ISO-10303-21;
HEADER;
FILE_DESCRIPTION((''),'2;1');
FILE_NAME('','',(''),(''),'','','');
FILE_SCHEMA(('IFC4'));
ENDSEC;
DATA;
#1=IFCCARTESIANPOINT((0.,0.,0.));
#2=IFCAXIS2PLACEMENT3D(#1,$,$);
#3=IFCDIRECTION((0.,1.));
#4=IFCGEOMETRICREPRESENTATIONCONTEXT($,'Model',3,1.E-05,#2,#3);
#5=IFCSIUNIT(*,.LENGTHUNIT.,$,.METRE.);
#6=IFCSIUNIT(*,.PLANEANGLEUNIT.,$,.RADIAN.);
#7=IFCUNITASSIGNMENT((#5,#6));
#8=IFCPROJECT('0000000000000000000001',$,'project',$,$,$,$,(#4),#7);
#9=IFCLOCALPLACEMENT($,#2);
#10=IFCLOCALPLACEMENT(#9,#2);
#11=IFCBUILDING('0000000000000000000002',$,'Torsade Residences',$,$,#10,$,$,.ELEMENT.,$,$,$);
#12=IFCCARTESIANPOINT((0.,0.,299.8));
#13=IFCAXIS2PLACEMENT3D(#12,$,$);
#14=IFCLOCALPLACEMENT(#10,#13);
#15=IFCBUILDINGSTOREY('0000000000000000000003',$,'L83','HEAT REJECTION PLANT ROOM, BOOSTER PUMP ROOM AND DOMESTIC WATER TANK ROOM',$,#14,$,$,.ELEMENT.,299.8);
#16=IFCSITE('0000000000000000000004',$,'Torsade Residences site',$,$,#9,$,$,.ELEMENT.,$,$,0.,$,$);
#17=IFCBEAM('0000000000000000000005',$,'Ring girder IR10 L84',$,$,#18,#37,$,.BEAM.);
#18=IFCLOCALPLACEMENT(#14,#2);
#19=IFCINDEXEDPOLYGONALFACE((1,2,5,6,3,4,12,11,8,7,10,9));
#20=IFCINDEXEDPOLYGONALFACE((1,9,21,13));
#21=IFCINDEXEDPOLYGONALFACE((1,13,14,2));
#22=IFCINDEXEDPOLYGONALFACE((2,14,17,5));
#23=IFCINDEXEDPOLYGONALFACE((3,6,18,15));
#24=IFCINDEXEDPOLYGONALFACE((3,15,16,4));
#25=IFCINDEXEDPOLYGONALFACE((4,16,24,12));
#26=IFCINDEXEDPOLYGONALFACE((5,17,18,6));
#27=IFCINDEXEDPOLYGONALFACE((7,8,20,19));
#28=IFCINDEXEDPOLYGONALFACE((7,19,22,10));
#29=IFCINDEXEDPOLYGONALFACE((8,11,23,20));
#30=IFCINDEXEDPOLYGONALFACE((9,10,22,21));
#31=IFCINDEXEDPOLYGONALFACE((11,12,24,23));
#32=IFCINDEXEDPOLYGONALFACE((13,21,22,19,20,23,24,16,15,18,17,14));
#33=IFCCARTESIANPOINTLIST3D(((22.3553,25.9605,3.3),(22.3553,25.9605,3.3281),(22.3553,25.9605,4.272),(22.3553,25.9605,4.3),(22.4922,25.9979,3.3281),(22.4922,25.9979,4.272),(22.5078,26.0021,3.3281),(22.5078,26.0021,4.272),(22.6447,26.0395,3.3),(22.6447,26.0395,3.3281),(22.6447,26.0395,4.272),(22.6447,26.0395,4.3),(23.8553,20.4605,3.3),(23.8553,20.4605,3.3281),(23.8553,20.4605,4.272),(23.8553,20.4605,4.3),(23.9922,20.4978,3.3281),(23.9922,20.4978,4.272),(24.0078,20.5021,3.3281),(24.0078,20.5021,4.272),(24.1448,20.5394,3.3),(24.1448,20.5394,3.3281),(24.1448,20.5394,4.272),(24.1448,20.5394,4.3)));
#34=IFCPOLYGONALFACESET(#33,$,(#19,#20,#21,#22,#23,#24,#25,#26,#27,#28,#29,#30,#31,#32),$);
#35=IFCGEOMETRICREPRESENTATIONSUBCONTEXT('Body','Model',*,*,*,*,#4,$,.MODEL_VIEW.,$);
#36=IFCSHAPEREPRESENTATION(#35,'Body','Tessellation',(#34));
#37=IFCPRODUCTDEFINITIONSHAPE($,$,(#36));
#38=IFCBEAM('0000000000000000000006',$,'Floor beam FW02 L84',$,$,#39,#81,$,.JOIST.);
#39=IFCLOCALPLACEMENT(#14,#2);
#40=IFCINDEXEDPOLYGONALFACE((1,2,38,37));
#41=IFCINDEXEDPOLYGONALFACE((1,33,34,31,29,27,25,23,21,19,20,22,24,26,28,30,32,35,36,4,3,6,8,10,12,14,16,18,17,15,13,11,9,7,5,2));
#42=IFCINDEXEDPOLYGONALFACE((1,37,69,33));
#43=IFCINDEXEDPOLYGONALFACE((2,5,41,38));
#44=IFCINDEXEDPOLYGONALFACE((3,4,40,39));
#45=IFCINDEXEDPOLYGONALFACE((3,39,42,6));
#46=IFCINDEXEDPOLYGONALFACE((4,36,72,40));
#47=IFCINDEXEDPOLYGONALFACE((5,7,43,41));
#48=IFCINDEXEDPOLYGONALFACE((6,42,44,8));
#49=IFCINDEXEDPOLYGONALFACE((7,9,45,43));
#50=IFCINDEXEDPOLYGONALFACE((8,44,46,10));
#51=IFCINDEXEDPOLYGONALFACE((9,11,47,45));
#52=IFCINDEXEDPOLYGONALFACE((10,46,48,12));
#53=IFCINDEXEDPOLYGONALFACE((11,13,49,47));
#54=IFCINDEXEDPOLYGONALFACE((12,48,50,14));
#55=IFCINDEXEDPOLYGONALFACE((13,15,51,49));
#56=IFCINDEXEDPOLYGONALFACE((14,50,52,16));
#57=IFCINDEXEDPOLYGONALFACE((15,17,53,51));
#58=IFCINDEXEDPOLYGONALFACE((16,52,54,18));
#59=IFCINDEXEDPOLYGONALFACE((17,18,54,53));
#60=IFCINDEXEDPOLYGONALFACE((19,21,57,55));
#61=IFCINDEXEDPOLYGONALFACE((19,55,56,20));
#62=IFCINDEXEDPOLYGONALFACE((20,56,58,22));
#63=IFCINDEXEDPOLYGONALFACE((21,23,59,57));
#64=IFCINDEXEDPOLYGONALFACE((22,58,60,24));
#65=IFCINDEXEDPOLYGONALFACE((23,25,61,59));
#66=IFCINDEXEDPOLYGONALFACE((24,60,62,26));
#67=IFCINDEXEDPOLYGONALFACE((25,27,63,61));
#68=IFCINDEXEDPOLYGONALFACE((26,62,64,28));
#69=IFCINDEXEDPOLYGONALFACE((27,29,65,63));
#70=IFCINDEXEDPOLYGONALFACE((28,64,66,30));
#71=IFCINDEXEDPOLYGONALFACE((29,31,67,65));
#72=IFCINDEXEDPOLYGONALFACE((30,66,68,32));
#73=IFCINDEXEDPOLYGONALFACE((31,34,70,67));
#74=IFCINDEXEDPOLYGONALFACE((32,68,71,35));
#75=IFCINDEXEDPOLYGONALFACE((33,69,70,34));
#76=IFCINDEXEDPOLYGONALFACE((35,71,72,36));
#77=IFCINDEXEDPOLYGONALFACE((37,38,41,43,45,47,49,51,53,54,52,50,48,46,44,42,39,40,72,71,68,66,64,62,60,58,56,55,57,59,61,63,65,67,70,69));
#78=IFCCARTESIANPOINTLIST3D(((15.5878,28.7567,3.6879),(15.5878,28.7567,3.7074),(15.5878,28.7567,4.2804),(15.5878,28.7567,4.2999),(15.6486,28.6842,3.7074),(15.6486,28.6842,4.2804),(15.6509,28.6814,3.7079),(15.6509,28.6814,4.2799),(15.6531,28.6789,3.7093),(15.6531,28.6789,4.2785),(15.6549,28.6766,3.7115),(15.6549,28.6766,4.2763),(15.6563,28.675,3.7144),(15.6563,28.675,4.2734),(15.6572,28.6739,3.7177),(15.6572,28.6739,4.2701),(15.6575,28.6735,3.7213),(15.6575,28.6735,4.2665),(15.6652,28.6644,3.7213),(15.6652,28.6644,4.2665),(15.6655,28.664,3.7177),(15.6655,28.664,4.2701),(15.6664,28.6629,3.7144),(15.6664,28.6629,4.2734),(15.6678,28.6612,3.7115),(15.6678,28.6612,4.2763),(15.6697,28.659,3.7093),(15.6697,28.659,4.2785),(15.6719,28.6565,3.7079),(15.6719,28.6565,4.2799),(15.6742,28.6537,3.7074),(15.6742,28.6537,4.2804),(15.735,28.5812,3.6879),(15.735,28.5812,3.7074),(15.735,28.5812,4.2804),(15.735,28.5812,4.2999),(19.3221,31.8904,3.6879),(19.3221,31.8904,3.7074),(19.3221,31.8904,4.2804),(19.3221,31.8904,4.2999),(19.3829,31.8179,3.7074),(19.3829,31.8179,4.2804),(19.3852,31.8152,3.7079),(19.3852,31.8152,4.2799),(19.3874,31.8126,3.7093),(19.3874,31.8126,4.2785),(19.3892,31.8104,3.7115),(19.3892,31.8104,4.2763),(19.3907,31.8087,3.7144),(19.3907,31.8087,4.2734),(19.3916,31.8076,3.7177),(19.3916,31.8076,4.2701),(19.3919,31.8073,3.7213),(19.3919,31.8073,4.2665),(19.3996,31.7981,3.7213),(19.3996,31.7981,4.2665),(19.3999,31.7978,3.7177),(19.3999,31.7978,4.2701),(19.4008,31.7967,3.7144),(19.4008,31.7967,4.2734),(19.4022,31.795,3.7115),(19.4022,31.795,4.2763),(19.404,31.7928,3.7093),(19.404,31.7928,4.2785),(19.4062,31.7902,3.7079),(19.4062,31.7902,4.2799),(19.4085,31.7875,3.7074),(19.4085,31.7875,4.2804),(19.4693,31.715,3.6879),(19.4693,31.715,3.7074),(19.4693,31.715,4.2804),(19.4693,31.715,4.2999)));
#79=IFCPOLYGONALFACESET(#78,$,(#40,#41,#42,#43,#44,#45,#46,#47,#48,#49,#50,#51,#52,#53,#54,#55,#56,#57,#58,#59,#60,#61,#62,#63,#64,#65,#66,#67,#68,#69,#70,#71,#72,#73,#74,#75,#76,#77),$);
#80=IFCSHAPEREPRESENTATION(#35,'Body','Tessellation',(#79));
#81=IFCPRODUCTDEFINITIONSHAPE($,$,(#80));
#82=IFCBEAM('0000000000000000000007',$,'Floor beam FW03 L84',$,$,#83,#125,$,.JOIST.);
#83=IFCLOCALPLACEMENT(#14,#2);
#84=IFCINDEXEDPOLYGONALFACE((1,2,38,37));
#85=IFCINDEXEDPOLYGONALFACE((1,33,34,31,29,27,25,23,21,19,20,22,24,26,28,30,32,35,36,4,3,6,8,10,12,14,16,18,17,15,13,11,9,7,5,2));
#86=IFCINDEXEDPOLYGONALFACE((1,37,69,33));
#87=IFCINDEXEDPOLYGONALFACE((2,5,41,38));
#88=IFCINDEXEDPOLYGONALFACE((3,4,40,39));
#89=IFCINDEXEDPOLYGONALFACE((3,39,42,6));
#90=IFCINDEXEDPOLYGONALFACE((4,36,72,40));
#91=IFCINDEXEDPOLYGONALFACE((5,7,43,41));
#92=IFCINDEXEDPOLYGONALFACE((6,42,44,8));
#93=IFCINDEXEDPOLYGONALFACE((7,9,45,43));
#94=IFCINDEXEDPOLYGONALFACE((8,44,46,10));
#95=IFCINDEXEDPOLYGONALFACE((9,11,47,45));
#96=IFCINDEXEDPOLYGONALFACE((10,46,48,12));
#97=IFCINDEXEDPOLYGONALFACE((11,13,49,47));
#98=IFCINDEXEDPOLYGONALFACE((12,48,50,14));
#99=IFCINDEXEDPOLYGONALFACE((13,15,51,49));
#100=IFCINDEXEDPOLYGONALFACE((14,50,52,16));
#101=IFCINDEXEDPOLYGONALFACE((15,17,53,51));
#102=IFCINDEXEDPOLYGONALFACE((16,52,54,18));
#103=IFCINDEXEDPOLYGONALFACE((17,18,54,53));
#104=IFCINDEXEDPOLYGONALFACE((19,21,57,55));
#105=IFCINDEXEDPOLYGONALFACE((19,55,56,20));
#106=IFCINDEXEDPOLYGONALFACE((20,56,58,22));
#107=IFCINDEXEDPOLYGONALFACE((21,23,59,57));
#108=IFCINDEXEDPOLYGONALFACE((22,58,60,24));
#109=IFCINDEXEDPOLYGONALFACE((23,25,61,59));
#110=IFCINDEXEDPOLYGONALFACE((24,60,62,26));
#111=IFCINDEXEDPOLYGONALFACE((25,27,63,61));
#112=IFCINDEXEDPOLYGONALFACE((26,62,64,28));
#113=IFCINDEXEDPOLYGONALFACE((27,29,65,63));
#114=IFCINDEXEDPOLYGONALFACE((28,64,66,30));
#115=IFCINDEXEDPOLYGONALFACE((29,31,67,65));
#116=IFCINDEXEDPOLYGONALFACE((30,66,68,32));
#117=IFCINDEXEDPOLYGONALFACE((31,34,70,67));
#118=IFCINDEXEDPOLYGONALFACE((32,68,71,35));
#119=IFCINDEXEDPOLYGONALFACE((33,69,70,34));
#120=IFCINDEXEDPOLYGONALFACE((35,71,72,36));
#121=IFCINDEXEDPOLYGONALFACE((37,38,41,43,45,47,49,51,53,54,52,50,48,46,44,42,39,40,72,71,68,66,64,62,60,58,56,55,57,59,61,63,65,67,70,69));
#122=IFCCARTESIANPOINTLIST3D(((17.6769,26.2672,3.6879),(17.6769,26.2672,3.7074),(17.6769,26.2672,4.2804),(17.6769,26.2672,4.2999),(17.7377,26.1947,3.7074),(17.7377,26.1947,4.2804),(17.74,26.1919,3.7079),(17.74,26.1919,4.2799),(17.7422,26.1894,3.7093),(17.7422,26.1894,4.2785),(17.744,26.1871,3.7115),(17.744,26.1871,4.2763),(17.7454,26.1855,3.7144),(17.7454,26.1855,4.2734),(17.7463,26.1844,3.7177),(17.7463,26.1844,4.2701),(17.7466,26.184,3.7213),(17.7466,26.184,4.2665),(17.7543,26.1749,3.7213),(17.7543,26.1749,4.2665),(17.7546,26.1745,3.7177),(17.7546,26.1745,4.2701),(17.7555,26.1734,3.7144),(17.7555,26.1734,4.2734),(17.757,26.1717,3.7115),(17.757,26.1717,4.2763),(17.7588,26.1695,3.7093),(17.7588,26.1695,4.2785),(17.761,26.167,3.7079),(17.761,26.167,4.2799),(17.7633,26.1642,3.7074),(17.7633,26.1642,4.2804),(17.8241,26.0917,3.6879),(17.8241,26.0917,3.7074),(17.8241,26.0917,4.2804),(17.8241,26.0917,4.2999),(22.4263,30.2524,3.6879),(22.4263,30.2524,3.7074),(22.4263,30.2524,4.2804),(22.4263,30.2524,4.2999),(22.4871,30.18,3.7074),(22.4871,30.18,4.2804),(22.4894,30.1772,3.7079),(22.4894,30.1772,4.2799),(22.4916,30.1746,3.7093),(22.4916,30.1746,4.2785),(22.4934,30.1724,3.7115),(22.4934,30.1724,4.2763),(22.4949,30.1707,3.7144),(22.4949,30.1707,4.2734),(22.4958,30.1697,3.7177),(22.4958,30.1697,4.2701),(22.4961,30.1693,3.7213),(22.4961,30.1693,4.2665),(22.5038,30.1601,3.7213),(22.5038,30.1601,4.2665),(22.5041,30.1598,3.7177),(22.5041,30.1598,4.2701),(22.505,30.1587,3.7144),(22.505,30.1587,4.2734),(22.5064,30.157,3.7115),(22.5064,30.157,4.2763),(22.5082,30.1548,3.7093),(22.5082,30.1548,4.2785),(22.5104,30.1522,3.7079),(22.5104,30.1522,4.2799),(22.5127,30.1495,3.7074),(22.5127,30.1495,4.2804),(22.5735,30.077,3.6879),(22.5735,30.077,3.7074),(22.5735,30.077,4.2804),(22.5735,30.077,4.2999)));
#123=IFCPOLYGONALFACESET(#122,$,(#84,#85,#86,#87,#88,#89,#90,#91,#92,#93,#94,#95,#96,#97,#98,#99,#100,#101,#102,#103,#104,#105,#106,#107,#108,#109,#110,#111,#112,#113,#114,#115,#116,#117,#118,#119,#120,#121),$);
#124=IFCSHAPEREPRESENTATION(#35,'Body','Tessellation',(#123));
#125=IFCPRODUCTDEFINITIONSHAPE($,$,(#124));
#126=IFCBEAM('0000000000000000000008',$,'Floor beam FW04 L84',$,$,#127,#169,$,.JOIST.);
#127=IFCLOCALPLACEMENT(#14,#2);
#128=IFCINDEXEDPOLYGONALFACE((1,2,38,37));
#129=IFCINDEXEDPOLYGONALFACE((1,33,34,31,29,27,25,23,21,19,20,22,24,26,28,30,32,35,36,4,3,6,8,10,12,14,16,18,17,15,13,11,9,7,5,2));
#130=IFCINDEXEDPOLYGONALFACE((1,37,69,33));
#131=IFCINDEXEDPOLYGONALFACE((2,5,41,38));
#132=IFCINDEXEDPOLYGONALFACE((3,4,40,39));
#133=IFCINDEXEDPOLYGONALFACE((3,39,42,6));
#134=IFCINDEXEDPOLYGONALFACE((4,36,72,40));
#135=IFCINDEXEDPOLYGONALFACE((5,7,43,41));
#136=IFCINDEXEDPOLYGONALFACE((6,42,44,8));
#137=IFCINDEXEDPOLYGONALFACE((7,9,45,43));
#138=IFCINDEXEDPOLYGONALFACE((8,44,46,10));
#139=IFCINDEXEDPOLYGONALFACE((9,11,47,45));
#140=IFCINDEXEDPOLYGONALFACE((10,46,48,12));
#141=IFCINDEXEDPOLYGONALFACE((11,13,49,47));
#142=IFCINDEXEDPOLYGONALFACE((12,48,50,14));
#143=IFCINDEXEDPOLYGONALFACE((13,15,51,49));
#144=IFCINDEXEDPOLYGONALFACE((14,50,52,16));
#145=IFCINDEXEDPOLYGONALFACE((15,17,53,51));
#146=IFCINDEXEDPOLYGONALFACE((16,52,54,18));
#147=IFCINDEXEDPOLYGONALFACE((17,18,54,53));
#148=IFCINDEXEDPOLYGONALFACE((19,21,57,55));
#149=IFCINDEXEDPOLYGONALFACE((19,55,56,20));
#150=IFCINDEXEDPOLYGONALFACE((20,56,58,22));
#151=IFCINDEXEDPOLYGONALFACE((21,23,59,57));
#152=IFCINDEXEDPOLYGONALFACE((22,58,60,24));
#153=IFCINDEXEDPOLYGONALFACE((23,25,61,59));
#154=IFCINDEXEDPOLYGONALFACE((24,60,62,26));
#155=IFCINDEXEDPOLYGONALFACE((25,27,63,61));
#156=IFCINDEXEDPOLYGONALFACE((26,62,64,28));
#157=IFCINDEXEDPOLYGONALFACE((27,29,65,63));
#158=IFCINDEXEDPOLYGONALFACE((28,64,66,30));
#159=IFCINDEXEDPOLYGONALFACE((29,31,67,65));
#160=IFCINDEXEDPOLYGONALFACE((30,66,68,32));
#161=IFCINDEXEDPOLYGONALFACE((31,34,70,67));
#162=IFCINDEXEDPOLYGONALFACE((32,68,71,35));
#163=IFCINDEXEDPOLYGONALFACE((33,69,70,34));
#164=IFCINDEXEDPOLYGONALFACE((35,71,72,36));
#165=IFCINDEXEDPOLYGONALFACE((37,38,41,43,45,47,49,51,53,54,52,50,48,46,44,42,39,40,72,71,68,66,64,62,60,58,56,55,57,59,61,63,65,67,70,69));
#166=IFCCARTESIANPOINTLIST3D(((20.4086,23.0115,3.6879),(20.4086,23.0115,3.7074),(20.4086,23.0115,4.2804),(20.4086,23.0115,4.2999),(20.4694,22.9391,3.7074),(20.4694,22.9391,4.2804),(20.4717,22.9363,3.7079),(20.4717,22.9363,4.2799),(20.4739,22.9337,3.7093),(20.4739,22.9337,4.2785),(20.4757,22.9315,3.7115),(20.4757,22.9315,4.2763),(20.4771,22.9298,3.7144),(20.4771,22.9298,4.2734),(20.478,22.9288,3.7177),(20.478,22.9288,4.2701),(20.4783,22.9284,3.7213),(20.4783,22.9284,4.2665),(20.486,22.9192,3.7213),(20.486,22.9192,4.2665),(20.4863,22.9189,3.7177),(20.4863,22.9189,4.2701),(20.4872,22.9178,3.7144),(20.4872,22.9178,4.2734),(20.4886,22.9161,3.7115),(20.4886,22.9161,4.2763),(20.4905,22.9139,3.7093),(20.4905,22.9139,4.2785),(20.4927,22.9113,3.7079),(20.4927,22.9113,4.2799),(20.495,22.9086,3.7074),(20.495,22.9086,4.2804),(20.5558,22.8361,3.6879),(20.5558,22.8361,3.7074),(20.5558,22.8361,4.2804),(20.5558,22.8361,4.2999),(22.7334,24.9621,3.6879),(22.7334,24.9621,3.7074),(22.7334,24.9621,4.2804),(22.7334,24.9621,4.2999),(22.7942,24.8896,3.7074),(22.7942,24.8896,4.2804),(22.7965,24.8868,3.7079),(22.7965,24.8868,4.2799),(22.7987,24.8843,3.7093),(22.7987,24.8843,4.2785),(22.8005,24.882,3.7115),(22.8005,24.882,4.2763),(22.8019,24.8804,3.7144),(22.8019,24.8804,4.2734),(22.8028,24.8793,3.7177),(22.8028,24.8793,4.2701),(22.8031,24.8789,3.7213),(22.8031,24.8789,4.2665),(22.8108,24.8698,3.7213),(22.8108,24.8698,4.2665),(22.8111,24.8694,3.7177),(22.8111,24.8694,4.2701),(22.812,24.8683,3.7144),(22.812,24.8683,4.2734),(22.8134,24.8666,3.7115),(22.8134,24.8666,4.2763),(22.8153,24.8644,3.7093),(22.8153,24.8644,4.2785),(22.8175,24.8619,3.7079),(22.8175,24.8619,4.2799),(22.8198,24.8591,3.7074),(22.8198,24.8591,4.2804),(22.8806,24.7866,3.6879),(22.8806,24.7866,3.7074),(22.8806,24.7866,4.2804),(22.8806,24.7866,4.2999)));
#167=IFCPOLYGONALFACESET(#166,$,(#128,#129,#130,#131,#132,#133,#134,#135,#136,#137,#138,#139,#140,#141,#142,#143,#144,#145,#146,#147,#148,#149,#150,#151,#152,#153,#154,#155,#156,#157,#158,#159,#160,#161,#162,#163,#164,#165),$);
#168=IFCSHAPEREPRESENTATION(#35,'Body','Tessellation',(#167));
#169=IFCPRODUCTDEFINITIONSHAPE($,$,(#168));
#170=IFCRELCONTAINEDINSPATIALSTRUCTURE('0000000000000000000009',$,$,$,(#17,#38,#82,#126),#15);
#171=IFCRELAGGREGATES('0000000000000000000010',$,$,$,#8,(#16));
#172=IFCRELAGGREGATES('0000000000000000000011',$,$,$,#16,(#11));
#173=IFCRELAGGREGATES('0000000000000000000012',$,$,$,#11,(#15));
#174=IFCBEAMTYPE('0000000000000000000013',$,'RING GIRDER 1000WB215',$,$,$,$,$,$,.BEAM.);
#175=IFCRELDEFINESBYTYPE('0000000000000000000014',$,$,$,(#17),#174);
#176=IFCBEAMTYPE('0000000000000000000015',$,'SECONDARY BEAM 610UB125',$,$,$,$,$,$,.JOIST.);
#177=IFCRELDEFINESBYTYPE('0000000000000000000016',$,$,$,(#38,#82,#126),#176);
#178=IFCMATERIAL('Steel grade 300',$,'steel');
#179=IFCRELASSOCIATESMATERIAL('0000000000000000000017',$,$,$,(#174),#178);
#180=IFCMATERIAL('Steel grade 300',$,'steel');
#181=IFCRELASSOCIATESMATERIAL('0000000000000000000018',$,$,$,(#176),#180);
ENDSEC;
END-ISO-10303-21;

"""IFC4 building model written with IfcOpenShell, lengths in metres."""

from ifc_helpers import new_model, si_unit, direction, frame, origin, origin_2d, place, context, subcontext, project, spatial, i_section, extrude, material, material_profile, profile_set, type_object, element, save


model = new_model("IFC4")

# Units and contexts
model_context = context("Model", 3, precision=1e-05, world=origin(), true_north=direction((0.0, 1.0)))
body_context = subcontext(model_context, "Body", "Model", "MODEL_VIEW")
ifc_project = project(units=[si_unit("LENGTHUNIT", "METRE"), si_unit("PLANEANGLEUNIT", "RADIAN")], contexts=[model_context])

# Site, building, storey
site_placement = place(None, origin())
site = spatial("IfcSite", under=ifc_project, at=site_placement, Name="Torsade Residences site", CompositionType="ELEMENT", RefElevation=0.0)
building_placement = place(site_placement, origin())
building = spatial("IfcBuilding", under=site, at=building_placement, Name="Torsade Residences", CompositionType="ELEMENT")
storey_placement = place(building_placement, frame((0.0, 0.0, 299.8)))
storey = spatial("IfcBuildingStorey", under=building, at=storey_placement, Name="L83", Description="HEAT REJECTION PLANT ROOM, BOOSTER PUMP ROOM AND DOMESTIC WATER TANK ROOM", CompositionType="ELEMENT", Elevation=299.8)

# Beams
ifc_material_1 = material(Name="Steel grade 300", Category="steel")
ifc_material_profile_1 = material_profile(ifc_material_1, i_section(OverallWidth=0.3, OverallDepth=1.0, WebThickness=0.0161, FlangeThickness=0.0281, at=origin_2d()), Name="1000WB215")
ifc_profile_set_1 = profile_set([ifc_material_profile_1], Name="Steel grade 300")
beam_type_1 = type_object("IfcBeamType", Name="RING GIRDER 1000WB215", PredefinedType="BEAM", material=ifc_profile_set_1)
beam_1_placement = place(storey_placement, frame((22.5, 26.0, 3.8), z_axis=(0.263117, -0.964764, 0.0), x_axis=(0.964764, 0.263117, 0.0)))
element("IfcBeam", 1, at=beam_1_placement, inside=storey, type_object=beam_type_1, Name="Ring girder IR10 L84", PredefinedType="BEAM", context=body_context, shape_type="SweptSolid", body=[
    extrude(i_section(OverallWidth=0.3, OverallDepth=1.0, WebThickness=0.0161, FlangeThickness=0.0281, at=origin_2d()), origin(), (0.0, 0.0, 1.0), 5.7009),
])
ifc_material_2 = material(Name="Steel grade 300", Category="steel")
ifc_material_profile_2 = material_profile(ifc_material_2, i_section(OverallWidth=0.229, OverallDepth=0.6121, WebThickness=0.012, FlangeThickness=0.0195, FilletRadius=0.0139, at=origin_2d()), Name="610UB125")
ifc_profile_set_2 = profile_set([ifc_material_profile_2], Name="Steel grade 300")
beam_type_2 = type_object("IfcBeamType", Name="SECONDARY BEAM 610UB125", PredefinedType="JOIST", material=ifc_profile_set_2)
beam_2_placement = place(storey_placement, frame((15.6614, 28.6689, 3.9939), z_axis=(0.766017, 0.642821, 0.0), x_axis=(-0.642821, 0.766017, 0.0)))
element("IfcBeam", 2, at=beam_2_placement, inside=storey, type_object=beam_type_2, Name="Floor beam FW02 L84", PredefinedType="JOIST", context=body_context, shape_type="SweptSolid", body=[
    extrude(i_section(OverallWidth=0.229, OverallDepth=0.6121, WebThickness=0.012, FlangeThickness=0.0195, FilletRadius=0.0139, at=origin_2d()), origin(), (0.0, 0.0, 1.0), 4.875),
])
beam_3_placement = place(storey_placement, frame((17.7505, 26.1794, 3.9939), z_axis=(0.766041, 0.642791, 0.0), x_axis=(-0.642791, 0.766041, 0.0)))
element("IfcBeam", 3, at=beam_3_placement, inside=storey, type_object=beam_type_2, Name="Floor beam FW03 L84", PredefinedType="JOIST", context=body_context, shape_type="SweptSolid", body=[
    extrude(i_section(OverallWidth=0.229, OverallDepth=0.6121, WebThickness=0.012, FlangeThickness=0.0195, FilletRadius=0.0139, at=origin_2d()), origin(), (0.0, 0.0, 1.0), 6.2),
])
beam_4_placement = place(storey_placement, frame((20.4822, 22.9238, 3.9939), z_axis=(0.76608, 0.642745, 0.0), x_axis=(-0.642745, 0.76608, 0.0)))
element("IfcBeam", 4, at=beam_4_placement, inside=storey, type_object=beam_type_2, Name="Floor beam FW04 L84", PredefinedType="JOIST", context=body_context, shape_type="SweptSolid", body=[
    extrude(i_section(OverallWidth=0.229, OverallDepth=0.6121, WebThickness=0.012, FlangeThickness=0.0195, FilletRadius=0.0139, at=origin_2d()), origin(), (0.0, 0.0, 1.0), 3.0347),
])

save(model, "model.ifc")
